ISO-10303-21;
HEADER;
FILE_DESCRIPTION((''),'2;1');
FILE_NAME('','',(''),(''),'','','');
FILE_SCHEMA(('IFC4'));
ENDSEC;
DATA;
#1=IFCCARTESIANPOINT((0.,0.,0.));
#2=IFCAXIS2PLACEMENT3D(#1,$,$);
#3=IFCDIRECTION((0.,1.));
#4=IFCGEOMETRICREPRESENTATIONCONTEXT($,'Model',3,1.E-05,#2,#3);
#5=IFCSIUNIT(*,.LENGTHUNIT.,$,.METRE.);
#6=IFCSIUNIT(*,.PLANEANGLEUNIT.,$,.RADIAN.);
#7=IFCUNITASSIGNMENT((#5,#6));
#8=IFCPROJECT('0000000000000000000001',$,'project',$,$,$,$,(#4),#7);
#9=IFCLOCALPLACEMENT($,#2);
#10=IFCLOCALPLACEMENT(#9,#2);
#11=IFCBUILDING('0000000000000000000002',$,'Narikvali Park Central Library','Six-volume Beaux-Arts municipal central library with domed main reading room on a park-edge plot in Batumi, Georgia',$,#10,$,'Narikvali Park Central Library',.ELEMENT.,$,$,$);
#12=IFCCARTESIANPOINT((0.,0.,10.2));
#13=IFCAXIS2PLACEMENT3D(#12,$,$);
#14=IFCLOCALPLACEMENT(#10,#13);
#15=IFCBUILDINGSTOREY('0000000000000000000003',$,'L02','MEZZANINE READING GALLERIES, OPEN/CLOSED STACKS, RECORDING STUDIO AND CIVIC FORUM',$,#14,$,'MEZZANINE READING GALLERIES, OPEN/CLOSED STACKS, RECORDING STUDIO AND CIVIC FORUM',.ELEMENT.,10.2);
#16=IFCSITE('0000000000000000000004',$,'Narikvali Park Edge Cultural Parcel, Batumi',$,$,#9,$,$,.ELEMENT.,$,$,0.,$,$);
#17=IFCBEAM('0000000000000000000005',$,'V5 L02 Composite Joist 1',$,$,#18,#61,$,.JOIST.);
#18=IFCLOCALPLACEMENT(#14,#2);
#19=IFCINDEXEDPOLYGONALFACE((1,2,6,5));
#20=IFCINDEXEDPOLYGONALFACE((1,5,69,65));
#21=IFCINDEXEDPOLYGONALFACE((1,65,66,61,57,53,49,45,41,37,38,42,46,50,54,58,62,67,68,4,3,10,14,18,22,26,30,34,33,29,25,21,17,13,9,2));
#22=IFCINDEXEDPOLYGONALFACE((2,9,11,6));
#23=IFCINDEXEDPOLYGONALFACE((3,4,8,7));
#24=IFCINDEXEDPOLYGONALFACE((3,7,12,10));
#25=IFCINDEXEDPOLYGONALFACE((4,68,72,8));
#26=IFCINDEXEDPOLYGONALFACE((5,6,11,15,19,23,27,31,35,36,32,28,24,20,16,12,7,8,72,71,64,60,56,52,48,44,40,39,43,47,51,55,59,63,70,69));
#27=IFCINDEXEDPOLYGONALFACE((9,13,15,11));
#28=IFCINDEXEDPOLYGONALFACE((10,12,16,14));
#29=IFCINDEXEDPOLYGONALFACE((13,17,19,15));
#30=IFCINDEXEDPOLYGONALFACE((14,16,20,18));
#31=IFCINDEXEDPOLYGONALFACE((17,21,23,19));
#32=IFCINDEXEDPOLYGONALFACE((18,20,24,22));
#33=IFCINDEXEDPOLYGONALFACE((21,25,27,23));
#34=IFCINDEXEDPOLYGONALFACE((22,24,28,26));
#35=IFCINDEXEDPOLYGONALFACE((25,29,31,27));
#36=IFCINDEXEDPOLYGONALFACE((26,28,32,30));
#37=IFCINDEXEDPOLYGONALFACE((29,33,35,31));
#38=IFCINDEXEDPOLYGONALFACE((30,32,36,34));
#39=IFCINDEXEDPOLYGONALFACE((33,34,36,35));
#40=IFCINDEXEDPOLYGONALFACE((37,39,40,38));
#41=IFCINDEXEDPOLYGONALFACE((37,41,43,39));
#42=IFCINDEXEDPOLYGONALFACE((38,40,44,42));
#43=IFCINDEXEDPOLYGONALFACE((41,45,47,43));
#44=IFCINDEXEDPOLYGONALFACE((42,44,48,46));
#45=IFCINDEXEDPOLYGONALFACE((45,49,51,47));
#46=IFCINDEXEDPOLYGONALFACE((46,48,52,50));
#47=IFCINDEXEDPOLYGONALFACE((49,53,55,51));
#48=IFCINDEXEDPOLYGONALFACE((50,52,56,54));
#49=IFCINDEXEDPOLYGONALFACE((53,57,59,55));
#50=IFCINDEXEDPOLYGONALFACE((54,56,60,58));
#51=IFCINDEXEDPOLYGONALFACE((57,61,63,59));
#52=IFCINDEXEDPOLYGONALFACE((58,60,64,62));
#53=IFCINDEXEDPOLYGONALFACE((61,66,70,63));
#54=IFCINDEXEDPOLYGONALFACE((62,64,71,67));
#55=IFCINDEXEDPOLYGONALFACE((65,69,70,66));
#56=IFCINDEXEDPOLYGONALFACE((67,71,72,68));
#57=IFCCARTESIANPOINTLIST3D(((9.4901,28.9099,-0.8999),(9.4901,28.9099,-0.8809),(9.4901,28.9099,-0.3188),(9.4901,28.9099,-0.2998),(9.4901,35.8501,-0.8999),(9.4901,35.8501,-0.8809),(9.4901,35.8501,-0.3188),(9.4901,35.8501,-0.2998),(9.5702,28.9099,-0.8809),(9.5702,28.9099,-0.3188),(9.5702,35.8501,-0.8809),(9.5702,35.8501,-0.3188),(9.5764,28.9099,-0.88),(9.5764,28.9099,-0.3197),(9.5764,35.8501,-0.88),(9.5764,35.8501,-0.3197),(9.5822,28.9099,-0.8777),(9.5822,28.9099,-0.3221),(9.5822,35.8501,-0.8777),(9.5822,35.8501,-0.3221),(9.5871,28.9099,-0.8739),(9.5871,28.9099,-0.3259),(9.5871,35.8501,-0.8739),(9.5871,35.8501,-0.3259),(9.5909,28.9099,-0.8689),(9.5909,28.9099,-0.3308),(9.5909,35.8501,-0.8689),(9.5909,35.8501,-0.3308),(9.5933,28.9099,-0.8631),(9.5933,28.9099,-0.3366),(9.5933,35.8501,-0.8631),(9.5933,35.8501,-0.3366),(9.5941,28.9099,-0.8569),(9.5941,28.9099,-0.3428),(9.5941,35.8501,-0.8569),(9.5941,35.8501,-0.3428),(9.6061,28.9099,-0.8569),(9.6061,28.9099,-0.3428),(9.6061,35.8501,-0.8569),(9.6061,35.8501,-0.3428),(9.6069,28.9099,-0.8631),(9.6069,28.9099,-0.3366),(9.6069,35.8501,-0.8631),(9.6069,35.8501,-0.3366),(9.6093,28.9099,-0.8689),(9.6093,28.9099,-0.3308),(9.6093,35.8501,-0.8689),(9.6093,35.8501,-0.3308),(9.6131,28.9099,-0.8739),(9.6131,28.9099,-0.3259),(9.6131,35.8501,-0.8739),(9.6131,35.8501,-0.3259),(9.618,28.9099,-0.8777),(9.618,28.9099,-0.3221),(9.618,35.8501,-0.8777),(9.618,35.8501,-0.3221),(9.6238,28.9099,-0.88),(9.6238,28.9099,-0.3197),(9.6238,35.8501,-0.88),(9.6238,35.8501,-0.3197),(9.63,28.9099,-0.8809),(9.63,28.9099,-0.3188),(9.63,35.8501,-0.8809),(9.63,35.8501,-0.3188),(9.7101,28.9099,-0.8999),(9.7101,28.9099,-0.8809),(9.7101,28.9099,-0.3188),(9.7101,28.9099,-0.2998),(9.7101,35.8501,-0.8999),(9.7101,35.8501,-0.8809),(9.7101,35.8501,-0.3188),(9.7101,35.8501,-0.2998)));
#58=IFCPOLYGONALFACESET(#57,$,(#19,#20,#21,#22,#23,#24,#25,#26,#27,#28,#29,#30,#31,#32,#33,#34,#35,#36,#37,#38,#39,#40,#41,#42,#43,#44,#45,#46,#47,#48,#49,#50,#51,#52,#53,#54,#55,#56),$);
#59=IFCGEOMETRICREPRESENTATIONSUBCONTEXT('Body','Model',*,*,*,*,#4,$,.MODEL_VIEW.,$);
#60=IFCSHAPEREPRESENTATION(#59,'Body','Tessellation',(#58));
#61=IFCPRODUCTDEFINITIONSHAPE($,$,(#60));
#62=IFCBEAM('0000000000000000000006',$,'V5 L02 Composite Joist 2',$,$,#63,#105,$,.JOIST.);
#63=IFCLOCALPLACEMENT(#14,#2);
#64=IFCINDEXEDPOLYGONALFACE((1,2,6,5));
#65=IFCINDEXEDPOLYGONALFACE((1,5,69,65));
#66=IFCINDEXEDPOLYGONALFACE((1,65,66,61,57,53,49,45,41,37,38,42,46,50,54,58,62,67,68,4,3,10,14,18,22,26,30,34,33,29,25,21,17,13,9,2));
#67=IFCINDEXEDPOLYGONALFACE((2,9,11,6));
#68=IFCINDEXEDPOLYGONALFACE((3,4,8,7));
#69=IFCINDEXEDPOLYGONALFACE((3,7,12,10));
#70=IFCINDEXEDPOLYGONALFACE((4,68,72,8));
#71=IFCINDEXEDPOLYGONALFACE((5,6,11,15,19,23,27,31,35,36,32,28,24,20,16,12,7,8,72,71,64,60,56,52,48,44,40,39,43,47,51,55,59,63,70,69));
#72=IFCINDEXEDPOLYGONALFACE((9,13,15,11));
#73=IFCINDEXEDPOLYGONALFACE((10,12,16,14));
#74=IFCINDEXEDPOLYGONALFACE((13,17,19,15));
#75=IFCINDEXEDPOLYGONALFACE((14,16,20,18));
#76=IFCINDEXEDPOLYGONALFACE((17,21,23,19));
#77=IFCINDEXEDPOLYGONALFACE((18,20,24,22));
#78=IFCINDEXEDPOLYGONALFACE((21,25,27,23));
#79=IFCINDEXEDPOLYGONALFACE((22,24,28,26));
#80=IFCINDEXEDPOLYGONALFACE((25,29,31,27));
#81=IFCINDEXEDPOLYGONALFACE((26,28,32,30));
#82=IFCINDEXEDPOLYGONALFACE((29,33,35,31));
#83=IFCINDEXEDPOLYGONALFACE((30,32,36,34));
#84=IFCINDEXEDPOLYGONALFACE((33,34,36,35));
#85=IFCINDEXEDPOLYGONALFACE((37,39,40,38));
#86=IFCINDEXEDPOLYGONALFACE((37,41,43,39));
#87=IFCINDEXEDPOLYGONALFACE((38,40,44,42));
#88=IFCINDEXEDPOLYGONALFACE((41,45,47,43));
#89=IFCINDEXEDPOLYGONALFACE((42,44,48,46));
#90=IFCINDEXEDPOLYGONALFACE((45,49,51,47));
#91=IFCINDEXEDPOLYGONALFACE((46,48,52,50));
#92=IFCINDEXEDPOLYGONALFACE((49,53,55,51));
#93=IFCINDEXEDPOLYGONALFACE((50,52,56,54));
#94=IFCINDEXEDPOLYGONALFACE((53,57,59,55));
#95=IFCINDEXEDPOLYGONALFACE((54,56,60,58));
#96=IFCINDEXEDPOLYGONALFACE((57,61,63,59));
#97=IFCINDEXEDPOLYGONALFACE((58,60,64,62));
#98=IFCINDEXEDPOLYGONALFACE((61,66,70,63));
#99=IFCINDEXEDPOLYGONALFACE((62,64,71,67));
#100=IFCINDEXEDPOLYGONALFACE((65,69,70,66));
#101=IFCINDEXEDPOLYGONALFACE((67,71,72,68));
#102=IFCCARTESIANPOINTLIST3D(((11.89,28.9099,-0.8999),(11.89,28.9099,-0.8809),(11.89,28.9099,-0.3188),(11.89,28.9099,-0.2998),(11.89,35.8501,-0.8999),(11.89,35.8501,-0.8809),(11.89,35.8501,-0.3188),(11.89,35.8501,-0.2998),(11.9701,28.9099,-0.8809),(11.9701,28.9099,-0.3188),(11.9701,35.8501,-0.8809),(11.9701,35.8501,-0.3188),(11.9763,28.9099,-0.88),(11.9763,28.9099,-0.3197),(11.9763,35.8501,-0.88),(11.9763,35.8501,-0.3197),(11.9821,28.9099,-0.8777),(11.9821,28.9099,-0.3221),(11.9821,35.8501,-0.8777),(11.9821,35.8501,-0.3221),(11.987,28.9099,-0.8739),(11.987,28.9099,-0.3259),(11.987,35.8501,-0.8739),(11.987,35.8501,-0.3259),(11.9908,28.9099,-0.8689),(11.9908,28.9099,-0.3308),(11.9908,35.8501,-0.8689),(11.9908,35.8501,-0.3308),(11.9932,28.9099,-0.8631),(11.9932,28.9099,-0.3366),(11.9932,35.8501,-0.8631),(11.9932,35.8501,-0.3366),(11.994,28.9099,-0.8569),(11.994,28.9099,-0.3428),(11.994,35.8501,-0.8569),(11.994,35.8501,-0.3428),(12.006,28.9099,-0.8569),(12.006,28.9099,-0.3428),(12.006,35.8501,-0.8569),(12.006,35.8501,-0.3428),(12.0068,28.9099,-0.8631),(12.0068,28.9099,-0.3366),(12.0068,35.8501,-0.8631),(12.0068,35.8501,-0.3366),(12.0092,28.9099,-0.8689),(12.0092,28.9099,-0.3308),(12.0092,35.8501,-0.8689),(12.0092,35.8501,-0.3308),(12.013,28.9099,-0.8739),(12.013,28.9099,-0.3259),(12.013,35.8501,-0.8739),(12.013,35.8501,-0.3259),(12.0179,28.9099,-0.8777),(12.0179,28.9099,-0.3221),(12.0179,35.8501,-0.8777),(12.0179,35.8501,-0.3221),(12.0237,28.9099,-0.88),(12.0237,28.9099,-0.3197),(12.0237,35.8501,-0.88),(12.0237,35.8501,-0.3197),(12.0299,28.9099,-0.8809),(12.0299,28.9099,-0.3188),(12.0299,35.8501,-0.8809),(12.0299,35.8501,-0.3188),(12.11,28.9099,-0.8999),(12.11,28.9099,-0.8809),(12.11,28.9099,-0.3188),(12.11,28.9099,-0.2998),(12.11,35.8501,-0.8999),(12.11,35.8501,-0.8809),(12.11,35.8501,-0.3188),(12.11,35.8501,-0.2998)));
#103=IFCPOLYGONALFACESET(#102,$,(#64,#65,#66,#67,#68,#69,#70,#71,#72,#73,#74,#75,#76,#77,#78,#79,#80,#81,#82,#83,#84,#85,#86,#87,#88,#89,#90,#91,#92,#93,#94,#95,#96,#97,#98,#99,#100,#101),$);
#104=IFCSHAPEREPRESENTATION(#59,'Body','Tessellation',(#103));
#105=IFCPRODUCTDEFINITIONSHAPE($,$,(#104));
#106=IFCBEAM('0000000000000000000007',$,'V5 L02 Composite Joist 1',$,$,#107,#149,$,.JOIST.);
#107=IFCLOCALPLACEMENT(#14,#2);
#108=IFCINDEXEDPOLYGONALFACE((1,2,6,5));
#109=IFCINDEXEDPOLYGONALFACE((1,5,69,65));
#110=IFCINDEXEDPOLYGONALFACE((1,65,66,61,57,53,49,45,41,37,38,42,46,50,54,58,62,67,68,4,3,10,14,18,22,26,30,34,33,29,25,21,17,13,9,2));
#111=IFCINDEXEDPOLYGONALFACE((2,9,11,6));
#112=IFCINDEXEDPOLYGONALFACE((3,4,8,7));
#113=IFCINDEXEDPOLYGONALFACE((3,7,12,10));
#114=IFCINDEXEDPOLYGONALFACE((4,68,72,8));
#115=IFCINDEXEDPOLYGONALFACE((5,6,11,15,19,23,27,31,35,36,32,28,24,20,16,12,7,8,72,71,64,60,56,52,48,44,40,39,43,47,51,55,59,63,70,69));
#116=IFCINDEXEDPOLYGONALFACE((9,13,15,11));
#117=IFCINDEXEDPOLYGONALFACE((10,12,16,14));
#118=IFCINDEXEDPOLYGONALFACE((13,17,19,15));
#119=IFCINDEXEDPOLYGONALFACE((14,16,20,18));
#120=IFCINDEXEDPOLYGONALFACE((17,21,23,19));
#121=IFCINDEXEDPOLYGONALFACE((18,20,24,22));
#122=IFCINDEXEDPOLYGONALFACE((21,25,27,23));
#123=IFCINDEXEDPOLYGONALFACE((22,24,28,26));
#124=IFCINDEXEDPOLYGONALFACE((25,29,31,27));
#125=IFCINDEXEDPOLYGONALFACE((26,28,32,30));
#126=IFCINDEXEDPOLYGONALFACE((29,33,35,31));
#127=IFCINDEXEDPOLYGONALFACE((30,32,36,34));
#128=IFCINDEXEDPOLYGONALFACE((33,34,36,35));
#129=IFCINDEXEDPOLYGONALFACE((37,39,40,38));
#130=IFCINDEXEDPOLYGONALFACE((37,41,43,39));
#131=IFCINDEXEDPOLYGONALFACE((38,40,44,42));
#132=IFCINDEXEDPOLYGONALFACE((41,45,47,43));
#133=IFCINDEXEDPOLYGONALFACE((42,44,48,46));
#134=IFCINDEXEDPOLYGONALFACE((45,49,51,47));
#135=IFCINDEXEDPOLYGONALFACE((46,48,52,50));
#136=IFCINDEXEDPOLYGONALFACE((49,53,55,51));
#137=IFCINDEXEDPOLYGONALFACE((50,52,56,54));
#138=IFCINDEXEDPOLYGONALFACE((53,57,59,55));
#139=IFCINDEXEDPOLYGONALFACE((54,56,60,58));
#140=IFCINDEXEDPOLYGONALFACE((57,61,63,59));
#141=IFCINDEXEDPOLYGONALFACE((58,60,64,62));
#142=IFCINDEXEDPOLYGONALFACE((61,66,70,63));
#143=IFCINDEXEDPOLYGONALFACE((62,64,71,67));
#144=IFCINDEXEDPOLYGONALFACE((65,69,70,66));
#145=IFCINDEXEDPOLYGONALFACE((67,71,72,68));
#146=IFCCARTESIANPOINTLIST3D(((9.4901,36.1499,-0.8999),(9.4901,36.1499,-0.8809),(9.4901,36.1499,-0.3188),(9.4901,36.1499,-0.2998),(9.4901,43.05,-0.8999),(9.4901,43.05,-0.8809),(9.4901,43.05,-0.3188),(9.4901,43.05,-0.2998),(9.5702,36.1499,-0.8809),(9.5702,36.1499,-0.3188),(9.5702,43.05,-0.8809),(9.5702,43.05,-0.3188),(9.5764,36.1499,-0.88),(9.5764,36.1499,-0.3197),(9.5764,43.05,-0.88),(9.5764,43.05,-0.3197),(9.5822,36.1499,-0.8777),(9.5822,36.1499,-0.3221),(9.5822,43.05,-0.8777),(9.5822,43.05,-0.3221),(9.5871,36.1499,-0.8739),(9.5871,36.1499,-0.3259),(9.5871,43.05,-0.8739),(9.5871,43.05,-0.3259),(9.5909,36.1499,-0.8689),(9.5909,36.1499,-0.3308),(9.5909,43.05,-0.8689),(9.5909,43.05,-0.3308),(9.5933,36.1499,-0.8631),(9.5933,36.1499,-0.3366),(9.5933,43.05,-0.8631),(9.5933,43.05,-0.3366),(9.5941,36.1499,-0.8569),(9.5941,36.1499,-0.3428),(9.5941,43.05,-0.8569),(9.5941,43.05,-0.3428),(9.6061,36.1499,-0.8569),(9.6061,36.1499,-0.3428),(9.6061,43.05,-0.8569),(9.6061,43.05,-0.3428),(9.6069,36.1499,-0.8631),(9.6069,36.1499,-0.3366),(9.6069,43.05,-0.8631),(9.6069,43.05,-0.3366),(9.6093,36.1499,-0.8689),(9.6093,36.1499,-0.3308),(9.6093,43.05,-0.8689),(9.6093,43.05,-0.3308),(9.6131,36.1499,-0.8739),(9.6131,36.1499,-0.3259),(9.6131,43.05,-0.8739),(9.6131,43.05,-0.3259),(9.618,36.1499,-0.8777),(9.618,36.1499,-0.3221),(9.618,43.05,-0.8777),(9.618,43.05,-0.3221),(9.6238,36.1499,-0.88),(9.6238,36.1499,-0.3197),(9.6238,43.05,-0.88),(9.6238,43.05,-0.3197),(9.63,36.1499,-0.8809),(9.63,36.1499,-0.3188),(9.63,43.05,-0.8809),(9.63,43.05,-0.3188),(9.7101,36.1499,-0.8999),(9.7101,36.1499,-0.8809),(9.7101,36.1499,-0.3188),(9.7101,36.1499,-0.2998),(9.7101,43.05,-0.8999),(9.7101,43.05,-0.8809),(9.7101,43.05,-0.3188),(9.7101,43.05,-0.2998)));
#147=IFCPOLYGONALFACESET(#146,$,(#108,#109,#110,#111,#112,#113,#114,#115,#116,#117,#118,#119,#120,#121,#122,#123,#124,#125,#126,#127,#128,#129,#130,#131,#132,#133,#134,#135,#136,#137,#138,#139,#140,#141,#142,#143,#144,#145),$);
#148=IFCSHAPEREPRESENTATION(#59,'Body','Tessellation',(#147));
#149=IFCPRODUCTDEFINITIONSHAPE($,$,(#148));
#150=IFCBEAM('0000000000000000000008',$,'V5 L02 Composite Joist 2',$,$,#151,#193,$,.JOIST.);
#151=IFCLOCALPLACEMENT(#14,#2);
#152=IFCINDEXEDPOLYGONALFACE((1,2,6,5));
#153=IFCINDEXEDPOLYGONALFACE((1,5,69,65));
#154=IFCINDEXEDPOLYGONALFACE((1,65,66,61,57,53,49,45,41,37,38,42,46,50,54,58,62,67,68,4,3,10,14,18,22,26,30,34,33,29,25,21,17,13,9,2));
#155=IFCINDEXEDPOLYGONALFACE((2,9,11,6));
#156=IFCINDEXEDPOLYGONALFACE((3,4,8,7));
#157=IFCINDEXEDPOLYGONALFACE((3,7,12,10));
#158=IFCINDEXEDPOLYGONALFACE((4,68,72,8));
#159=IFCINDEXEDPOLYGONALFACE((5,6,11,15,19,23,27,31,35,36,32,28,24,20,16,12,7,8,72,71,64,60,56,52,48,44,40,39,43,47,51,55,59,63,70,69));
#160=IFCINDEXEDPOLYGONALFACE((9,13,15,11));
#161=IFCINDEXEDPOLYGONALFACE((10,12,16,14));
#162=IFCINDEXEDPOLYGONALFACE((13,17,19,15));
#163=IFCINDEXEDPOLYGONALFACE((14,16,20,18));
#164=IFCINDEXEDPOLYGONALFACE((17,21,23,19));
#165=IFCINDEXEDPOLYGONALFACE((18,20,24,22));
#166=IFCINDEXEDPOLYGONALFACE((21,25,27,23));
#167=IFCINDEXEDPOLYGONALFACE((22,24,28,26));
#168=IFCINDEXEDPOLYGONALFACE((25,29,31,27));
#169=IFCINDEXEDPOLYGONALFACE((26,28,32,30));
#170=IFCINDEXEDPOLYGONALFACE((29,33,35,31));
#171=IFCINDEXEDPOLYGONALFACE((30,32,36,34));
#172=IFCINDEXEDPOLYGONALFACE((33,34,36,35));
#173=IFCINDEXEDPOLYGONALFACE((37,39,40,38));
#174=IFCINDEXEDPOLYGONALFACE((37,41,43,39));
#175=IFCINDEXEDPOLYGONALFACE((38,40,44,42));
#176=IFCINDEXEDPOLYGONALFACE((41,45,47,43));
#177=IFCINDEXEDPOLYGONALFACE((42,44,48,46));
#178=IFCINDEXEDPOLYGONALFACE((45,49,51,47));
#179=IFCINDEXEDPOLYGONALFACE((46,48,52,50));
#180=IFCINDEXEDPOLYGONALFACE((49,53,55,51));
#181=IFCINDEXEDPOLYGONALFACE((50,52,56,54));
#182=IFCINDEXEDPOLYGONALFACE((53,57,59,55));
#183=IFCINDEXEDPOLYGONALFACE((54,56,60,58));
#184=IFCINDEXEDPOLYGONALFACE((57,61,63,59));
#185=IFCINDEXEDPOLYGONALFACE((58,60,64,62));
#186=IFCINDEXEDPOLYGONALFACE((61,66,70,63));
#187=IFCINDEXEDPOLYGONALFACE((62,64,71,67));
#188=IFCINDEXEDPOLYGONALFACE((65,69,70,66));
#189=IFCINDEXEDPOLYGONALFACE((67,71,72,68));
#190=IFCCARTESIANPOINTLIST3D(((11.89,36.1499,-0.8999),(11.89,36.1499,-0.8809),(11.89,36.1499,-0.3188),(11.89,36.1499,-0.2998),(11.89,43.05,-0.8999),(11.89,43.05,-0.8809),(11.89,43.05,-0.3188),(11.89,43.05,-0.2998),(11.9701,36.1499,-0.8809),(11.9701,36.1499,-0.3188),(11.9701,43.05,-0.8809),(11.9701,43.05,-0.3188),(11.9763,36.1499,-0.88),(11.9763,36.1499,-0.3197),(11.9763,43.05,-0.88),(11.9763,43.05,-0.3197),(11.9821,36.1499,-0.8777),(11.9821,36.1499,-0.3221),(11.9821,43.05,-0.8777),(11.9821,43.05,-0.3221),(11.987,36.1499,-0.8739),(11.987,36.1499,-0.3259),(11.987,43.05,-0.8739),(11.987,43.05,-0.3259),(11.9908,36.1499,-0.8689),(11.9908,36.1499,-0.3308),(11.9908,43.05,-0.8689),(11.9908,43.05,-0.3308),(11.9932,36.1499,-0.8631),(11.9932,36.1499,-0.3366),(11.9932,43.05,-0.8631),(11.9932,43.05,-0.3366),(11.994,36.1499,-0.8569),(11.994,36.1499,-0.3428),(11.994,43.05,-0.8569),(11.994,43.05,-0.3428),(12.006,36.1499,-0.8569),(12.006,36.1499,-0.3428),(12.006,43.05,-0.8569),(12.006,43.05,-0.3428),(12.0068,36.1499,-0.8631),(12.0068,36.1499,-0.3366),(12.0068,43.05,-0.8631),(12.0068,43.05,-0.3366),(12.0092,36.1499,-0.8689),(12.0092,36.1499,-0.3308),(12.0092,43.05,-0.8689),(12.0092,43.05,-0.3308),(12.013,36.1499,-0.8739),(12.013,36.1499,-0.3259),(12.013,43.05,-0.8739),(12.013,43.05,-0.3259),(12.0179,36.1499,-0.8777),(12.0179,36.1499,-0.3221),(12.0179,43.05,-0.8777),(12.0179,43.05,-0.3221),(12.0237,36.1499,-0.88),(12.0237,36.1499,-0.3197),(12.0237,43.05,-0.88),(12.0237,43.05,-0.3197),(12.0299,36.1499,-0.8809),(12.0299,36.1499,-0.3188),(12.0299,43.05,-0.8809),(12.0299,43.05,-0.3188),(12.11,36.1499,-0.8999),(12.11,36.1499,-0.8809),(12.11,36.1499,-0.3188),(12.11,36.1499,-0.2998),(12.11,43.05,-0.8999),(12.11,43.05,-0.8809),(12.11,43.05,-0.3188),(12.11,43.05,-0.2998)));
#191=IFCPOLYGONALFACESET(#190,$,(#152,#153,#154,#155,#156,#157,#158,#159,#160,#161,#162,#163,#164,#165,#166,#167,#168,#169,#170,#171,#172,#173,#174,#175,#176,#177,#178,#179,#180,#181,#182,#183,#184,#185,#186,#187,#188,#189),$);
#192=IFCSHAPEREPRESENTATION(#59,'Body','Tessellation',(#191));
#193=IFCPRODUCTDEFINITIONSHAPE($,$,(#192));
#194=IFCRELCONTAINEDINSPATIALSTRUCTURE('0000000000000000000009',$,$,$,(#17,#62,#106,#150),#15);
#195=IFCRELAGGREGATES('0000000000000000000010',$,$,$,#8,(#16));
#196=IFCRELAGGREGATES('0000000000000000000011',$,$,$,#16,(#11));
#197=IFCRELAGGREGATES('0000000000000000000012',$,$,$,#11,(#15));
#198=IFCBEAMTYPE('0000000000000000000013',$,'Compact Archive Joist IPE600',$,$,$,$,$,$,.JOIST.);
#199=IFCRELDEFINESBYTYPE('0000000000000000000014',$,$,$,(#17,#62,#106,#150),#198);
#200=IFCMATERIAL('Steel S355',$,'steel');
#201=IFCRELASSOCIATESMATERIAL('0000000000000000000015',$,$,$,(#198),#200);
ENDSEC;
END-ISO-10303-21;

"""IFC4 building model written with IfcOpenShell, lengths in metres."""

from ifc_helpers import new_model, si_unit, direction, frame, origin, origin_2d, place, context, subcontext, project, spatial, i_section, extrude, material, material_profile, profile_set, type_object, element, save


model = new_model("IFC4")

# Units and contexts
model_context = context("Model", 3, precision=1e-05, world=origin(), true_north=direction((0.0, 1.0)))
body_context = subcontext(model_context, "Body", "Model", "MODEL_VIEW")
ifc_project = project(units=[si_unit("LENGTHUNIT", "METRE"), si_unit("PLANEANGLEUNIT", "RADIAN")], contexts=[model_context])

# Site, building, storey
site_placement = place(None, origin())
site = spatial("IfcSite", under=ifc_project, at=site_placement, Name="Narikvali Park Edge Cultural Parcel, Batumi", CompositionType="ELEMENT", RefElevation=0.0)
building_placement = place(site_placement, origin())
building = spatial("IfcBuilding", under=site, at=building_placement, Name="Narikvali Park Central Library", Description="Six-volume Beaux-Arts municipal central library with domed main reading room on a park-edge plot in Batumi, Georgia", LongName="Narikvali Park Central Library", CompositionType="ELEMENT")
storey_placement = place(building_placement, frame((0.0, 0.0, 10.2)))
storey = spatial("IfcBuildingStorey", under=building, at=storey_placement, Name="L02", Description="MEZZANINE READING GALLERIES, OPEN/CLOSED STACKS, RECORDING STUDIO AND CIVIC FORUM", LongName="MEZZANINE READING GALLERIES, OPEN/CLOSED STACKS, RECORDING STUDIO AND CIVIC FORUM", CompositionType="ELEMENT", Elevation=10.2)

# Shared definitions
ifc_material_1 = material(Name="Steel S355", Category="steel")

# Beams
ifc_material_profile_1 = material_profile(ifc_material_1, i_section(OverallWidth=0.22, OverallDepth=0.6001, WebThickness=0.012, FlangeThickness=0.019, FilletRadius=0.0239, at=origin_2d()), Name="IPE 600")
ifc_profile_set_1 = profile_set([ifc_material_profile_1], Name="Steel S355")
beam_type_1 = type_object("IfcBeamType", Name="Compact Archive Joist IPE600", PredefinedType="JOIST", material=ifc_profile_set_1)
for number, where, z_axis, x_axis, name in (
    (1, (9.6001, 28.9099, -0.5999), (0.0, 1.0, 0.0), (-1.0, 0.0, 0.0), "V5 L02 Composite Joist 1"),
    (2, (12.0, 28.9099, -0.5999), (0.0, 1.0, 0.0), (-1.0, 0.0, 0.0), "V5 L02 Composite Joist 2"),
):
    element("IfcBeam", number, at=place(storey_placement, frame(where, z_axis=z_axis, x_axis=x_axis)), inside=storey, type_object=beam_type_1, Name=name, PredefinedType="JOIST", context=body_context, shape_type="SweptSolid", body=[
        extrude(i_section(OverallWidth=0.22, OverallDepth=0.6001, WebThickness=0.012, FlangeThickness=0.019, FilletRadius=0.0239, at=origin_2d()), origin(), (0.0, 0.0, 1.0), 6.9402),
    ])
for number, where, z_axis, x_axis, name in (
    (3, (9.6001, 36.1499, -0.5999), (0.0, 1.0, 0.0), (-1.0, 0.0, 0.0), "V5 L02 Composite Joist 1"),
    (4, (12.0, 36.1499, -0.5999), (0.0, 1.0, 0.0), (-1.0, 0.0, 0.0), "V5 L02 Composite Joist 2"),
):
    element("IfcBeam", number, at=place(storey_placement, frame(where, z_axis=z_axis, x_axis=x_axis)), inside=storey, type_object=beam_type_1, Name=name, PredefinedType="JOIST", context=body_context, shape_type="SweptSolid", body=[
        extrude(i_section(OverallWidth=0.22, OverallDepth=0.6001, WebThickness=0.012, FlangeThickness=0.019, FilletRadius=0.0239, at=origin_2d()), origin(), (0.0, 0.0, 1.0), 6.9001),
    ])

save(model, "model.ifc")
